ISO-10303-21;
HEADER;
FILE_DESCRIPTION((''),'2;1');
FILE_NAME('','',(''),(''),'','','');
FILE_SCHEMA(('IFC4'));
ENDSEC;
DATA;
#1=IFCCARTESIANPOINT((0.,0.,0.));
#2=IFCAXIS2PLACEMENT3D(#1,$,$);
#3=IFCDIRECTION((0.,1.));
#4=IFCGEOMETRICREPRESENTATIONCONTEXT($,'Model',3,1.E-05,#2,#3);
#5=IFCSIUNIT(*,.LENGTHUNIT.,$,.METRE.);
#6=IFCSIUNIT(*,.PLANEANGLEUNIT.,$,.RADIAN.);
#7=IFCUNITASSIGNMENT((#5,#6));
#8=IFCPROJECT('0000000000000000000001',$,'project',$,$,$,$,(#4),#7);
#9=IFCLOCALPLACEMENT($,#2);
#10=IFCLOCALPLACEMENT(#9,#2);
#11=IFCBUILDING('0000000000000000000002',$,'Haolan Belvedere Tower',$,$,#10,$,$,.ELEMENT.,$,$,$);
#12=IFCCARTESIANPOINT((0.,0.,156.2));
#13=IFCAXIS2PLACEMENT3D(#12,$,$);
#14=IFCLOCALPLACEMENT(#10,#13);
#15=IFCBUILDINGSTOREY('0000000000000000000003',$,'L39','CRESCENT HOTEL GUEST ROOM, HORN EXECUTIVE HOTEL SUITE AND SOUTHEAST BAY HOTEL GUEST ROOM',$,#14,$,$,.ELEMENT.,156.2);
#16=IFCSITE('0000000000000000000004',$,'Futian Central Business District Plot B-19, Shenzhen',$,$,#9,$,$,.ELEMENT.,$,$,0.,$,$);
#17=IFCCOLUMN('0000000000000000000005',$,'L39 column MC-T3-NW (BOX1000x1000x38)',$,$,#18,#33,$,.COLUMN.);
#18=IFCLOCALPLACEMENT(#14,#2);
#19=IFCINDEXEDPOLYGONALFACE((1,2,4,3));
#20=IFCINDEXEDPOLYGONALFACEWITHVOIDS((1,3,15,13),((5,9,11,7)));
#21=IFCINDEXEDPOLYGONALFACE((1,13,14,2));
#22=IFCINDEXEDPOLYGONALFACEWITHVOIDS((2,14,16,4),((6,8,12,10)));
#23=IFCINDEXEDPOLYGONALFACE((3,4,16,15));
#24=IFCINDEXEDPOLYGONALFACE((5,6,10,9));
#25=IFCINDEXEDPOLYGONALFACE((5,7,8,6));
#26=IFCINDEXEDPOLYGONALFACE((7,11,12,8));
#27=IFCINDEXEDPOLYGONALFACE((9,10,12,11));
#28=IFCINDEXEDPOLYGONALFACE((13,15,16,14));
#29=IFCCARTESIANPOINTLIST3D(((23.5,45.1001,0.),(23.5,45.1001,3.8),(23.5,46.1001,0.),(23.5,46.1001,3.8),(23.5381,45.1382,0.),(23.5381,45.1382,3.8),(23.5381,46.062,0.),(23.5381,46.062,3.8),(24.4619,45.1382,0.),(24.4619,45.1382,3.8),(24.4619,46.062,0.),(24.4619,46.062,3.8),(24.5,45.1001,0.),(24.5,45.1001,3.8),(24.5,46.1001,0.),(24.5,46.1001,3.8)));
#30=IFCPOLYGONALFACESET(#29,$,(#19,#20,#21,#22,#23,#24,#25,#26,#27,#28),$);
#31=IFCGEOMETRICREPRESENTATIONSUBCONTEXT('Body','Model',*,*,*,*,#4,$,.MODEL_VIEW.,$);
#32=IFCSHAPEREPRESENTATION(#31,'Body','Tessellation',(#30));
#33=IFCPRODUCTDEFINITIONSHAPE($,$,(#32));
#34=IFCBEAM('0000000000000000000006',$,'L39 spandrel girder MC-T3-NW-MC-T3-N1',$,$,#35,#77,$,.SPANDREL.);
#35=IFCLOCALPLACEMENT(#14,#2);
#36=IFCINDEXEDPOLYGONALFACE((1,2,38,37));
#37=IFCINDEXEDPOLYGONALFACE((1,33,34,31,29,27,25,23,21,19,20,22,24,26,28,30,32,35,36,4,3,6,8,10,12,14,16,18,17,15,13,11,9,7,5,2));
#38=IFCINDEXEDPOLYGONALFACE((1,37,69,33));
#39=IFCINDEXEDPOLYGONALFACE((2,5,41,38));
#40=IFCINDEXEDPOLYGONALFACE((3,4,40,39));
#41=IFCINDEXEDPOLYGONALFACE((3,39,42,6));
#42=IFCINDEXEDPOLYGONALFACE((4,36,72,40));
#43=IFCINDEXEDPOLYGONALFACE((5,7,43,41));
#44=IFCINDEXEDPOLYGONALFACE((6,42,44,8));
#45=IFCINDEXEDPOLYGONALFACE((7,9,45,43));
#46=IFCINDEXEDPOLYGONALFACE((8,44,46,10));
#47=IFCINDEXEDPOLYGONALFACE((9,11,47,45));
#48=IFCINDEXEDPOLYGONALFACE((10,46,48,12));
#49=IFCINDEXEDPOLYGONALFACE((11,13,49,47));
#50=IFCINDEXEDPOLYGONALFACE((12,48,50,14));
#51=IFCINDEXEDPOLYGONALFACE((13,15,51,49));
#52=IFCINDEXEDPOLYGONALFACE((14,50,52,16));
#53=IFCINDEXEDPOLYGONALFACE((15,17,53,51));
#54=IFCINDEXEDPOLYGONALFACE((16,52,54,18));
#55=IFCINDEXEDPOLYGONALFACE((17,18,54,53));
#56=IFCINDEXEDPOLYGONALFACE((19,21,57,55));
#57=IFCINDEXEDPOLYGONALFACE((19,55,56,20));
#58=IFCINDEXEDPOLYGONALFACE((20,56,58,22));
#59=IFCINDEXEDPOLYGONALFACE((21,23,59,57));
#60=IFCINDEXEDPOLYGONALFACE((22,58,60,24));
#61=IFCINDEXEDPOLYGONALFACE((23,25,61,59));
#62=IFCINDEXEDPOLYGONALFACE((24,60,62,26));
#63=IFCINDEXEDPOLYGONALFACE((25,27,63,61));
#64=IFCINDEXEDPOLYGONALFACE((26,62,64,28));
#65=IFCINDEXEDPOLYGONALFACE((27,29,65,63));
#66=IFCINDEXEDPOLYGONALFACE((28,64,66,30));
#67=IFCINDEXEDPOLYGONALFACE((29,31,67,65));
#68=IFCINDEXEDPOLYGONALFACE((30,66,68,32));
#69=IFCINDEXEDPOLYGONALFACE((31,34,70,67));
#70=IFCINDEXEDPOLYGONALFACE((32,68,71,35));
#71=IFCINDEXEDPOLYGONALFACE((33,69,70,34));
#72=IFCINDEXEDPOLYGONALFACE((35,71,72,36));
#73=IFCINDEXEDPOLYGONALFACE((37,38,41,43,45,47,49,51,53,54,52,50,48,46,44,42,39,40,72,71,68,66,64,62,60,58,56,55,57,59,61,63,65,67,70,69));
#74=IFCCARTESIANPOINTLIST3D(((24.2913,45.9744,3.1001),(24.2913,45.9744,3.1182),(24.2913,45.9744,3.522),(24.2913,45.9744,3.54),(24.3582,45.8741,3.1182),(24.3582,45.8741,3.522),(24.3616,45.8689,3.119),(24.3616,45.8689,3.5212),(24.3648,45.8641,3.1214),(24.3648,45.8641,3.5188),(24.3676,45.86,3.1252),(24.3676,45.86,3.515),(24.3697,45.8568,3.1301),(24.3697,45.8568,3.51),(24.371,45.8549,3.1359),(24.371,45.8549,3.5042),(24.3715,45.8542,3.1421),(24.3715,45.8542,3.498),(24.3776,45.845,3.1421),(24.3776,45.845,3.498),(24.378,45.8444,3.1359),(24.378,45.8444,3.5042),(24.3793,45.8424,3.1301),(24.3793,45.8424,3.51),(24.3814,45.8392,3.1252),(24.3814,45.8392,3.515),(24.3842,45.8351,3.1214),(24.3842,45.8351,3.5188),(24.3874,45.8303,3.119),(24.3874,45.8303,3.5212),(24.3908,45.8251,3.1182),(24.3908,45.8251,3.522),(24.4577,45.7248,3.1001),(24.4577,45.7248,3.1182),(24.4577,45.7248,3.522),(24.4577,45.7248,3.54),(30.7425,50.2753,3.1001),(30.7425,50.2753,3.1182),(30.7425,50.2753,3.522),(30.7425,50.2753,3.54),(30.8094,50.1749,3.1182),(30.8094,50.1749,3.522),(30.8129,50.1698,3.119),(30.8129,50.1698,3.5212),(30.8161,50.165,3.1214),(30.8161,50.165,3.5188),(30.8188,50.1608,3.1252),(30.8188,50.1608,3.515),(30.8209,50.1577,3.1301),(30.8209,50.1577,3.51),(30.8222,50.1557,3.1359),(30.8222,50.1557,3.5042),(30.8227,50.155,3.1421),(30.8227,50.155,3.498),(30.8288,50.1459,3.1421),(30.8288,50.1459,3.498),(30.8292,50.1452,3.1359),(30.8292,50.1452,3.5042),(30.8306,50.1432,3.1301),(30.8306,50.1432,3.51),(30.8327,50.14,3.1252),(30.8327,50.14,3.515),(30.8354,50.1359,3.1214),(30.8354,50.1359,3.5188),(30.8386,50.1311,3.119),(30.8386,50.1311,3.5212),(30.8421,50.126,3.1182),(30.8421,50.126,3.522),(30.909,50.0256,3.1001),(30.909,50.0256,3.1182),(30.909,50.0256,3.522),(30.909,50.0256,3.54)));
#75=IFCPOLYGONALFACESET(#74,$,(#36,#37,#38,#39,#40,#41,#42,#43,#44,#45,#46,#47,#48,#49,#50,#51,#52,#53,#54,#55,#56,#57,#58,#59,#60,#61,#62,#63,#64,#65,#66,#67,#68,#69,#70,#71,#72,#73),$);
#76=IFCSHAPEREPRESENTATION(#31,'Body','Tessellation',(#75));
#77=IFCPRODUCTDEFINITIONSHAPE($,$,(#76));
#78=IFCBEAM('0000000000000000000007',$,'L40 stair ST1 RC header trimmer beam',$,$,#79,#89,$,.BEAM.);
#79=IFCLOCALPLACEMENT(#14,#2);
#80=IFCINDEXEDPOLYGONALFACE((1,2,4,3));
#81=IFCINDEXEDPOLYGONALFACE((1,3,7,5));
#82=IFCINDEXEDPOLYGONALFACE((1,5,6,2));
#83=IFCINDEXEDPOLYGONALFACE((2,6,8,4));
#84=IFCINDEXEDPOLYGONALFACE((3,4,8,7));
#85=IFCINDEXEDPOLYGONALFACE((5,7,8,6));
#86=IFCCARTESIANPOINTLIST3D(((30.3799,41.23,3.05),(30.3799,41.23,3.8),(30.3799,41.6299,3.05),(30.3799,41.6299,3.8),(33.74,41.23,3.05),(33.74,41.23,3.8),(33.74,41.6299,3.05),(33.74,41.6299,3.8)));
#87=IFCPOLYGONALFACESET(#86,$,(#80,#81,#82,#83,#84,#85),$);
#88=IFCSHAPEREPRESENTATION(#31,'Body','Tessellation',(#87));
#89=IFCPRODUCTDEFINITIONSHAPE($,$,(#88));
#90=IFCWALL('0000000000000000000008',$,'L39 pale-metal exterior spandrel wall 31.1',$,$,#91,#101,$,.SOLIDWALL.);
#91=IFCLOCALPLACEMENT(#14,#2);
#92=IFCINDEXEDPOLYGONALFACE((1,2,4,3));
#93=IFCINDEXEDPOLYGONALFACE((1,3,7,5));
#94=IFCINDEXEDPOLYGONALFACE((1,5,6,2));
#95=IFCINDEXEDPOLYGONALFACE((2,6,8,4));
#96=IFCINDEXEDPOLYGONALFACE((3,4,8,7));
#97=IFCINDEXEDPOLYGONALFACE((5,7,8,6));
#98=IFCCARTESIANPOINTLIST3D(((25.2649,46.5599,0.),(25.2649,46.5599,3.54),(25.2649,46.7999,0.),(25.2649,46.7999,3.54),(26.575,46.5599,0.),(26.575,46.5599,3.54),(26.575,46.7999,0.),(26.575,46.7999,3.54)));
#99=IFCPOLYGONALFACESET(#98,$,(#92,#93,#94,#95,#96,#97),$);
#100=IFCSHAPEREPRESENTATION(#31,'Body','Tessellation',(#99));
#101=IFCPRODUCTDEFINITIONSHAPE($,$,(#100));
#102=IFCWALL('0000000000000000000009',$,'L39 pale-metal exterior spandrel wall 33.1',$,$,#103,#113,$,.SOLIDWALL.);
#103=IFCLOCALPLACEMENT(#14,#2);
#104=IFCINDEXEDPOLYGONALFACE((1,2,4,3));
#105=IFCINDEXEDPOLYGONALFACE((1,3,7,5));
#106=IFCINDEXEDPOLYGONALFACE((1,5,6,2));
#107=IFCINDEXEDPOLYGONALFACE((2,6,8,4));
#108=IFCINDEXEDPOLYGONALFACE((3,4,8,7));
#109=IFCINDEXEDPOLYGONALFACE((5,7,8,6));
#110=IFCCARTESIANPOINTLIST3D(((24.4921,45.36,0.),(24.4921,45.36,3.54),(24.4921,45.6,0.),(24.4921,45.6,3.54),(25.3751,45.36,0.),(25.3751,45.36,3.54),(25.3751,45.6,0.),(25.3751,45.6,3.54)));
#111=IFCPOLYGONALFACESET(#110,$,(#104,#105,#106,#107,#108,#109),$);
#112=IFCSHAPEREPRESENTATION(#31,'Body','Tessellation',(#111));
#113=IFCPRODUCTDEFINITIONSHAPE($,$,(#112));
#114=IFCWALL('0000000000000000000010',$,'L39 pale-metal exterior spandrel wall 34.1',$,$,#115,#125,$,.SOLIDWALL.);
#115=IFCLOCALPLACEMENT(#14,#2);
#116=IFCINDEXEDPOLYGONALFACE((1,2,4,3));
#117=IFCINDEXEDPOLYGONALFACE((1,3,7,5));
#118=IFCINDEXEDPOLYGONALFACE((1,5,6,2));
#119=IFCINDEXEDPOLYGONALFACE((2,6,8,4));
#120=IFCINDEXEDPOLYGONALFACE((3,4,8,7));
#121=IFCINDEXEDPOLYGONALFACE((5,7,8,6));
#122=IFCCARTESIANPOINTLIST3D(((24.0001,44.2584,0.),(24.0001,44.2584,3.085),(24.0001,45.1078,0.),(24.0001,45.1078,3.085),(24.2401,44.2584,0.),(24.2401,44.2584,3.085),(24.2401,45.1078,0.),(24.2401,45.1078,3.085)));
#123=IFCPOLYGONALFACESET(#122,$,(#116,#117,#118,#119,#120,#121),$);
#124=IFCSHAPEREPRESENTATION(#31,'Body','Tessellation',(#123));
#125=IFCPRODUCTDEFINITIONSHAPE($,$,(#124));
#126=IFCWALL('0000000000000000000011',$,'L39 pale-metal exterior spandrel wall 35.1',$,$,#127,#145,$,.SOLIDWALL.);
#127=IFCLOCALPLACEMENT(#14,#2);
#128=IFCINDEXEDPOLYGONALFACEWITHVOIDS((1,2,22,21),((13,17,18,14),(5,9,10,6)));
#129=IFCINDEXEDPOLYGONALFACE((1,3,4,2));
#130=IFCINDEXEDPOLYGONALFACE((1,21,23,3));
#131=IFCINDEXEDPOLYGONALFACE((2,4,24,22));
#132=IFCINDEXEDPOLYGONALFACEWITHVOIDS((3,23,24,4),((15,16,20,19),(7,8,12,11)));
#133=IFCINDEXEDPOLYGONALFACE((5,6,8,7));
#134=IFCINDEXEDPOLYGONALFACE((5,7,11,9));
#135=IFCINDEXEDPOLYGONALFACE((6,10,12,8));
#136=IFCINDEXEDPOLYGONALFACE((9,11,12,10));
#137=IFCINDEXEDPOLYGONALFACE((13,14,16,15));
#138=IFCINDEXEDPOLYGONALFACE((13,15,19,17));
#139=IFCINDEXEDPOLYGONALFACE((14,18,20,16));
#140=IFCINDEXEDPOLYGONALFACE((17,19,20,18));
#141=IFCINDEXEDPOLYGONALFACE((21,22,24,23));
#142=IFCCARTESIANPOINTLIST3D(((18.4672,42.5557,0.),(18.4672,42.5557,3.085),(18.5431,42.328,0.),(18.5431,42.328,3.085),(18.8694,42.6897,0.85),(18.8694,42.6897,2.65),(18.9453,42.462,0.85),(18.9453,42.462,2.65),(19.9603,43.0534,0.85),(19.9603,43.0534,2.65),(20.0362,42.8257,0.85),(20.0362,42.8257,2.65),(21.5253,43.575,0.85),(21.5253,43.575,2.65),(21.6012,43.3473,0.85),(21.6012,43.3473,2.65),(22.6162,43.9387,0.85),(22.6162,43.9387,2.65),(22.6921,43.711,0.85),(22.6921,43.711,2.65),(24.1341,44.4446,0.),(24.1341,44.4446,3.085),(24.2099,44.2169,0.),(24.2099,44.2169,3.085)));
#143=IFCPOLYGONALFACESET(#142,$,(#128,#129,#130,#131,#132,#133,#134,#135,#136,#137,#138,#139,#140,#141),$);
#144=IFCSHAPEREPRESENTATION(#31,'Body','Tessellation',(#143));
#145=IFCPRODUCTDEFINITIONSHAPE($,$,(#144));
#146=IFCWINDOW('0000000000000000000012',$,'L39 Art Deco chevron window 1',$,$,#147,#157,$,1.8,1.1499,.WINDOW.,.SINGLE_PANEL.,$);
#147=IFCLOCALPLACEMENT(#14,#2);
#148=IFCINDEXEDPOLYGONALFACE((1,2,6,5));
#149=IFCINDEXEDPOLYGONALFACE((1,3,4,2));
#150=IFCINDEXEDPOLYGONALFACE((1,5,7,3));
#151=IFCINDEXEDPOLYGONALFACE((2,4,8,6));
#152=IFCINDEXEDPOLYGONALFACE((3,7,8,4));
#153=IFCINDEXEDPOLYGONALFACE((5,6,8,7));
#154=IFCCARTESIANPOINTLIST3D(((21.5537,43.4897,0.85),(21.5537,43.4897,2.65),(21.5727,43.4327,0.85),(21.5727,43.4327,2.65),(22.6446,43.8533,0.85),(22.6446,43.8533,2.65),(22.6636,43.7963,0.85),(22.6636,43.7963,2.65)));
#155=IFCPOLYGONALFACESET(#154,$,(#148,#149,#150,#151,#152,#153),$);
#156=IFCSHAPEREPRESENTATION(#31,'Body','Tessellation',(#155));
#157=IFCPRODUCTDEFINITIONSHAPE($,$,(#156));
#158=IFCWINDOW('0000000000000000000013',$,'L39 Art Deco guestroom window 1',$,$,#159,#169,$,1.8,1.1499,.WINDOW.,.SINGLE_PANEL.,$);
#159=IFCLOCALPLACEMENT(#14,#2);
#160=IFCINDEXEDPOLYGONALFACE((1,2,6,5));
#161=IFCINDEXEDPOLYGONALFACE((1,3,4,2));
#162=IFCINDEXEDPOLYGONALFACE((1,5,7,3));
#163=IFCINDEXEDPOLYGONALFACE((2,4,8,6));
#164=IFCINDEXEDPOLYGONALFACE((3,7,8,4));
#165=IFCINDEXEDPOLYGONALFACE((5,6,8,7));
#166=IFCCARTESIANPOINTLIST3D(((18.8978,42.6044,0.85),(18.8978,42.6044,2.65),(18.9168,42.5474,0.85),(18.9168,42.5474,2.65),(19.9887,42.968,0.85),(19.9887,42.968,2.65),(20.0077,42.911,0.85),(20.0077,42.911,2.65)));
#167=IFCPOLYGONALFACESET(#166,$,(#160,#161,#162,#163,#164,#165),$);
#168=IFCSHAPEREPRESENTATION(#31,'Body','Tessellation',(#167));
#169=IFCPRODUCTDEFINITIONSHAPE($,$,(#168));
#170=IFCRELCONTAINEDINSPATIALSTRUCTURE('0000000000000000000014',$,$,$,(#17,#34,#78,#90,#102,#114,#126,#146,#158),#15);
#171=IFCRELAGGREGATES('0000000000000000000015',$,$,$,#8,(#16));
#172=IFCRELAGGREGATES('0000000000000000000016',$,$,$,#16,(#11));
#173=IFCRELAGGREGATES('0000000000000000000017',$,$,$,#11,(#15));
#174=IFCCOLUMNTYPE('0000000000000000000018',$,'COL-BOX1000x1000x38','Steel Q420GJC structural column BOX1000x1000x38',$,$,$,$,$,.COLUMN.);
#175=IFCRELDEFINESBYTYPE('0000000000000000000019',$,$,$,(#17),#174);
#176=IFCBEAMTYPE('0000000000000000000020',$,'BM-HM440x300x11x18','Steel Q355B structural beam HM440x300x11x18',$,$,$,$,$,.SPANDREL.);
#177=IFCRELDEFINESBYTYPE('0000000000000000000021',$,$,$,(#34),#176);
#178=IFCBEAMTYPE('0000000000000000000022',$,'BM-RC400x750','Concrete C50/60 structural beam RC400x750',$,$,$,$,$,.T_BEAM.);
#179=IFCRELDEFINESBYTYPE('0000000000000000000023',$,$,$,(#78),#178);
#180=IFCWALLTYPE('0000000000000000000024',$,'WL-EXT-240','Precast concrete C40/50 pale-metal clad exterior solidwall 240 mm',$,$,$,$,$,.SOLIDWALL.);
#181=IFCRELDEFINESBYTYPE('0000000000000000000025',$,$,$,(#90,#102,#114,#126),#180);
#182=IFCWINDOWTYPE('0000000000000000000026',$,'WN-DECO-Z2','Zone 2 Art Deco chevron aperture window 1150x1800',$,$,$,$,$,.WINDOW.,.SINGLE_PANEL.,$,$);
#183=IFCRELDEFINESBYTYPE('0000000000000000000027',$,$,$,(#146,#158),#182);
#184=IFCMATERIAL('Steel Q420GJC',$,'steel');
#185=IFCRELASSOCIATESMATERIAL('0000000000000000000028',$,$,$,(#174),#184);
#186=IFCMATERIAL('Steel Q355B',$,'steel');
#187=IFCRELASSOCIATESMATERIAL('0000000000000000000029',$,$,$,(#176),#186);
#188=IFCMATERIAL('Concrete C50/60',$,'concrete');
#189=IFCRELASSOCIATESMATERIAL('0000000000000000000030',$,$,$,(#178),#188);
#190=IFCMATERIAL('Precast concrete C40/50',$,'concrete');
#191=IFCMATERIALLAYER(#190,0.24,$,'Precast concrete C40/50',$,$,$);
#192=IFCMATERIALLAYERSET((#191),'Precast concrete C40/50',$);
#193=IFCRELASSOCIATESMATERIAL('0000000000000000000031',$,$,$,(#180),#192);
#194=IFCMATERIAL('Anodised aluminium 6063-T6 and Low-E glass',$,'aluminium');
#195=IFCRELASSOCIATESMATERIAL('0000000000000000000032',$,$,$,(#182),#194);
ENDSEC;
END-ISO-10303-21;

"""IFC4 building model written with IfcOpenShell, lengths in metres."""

from ifc_helpers import new_model, si_unit, direction, frame, frame_2d, origin, origin_2d, place, context, subcontext, project, spatial, rectangle, hollow_rectangle, i_section, extrude, material, layer, layer_set, material_profile, profile_set, type_object, element, fill, save


model = new_model("IFC4")

# Units and contexts
model_context = context("Model", 3, precision=1e-05, world=origin(), true_north=direction((0.0, 1.0)))
body_context = subcontext(model_context, "Body", "Model", "MODEL_VIEW")
ifc_project = project(units=[si_unit("LENGTHUNIT", "METRE"), si_unit("PLANEANGLEUNIT", "RADIAN")], contexts=[model_context])

# Site, building, storey
site_placement = place(None, origin())
site = spatial("IfcSite", under=ifc_project, at=site_placement, Name="Futian Central Business District Plot B-19, Shenzhen", CompositionType="ELEMENT", RefElevation=0.0)
building_placement = place(site_placement, origin())
building = spatial("IfcBuilding", under=site, at=building_placement, Name="Haolan Belvedere Tower", CompositionType="ELEMENT")
storey_placement = place(building_placement, frame((0.0, 0.0, 156.2)))
storey = spatial("IfcBuildingStorey", under=building, at=storey_placement, Name="L39", Description="CRESCENT HOTEL GUEST ROOM, HORN EXECUTIVE HOTEL SUITE AND SOUTHEAST BAY HOTEL GUEST ROOM", CompositionType="ELEMENT", Elevation=156.2)

# Column
ifc_material_1 = material(Name="Steel Q420GJC", Category="steel")
ifc_material_profile_1 = material_profile(ifc_material_1, hollow_rectangle(XDim=1.0, YDim=1.0, WallThickness=0.0381, at=origin_2d()), Name="Steel Q420GJC")
ifc_profile_set_1 = profile_set([ifc_material_profile_1], Name="Steel Q420GJC")
column_type = type_object("IfcColumnType", Name="COL-BOX1000x1000x38", Description="Steel Q420GJC structural column BOX1000x1000x38", PredefinedType="COLUMN", material=ifc_profile_set_1)
column_placement = place(storey_placement, frame((24.0, 45.6001, 0.0), z_axis=(0.0, 0.0, 1.0), x_axis=(1.0, 0.0, 0.0)))
element("IfcColumn", 1, at=column_placement, inside=storey, type_object=column_type, Name="L39 column MC-T3-NW (BOX1000x1000x38)", PredefinedType="COLUMN", context=body_context, shape_type="SweptSolid", body=[
    extrude(hollow_rectangle(XDim=1.0, YDim=1.0, WallThickness=0.0381, at=origin_2d()), origin(), (0.0, 0.0, 1.0), 3.8),
])

# Beams
ifc_material_2 = material(Name="Steel Q355B", Category="steel")
ifc_material_profile_2 = material_profile(ifc_material_2, i_section(OverallWidth=0.3, OverallDepth=0.4399, WebThickness=0.011, FlangeThickness=0.0181, FilletRadius=0.0239, at=origin_2d()), Name="Steel Q355B")
ifc_profile_set_2 = profile_set([ifc_material_profile_2], Name="Steel Q355B")
beam_type_1 = type_object("IfcBeamType", Name="BM-HM440x300x11x18", Description="Steel Q355B structural beam HM440x300x11x18", PredefinedType="SPANDREL", material=ifc_profile_set_2)
beam_1_placement = place(storey_placement, frame((24.3745, 45.8496, 3.3201), z_axis=(0.83205, 0.5547, 0.0), x_axis=(-0.5547, 0.83205, 0.0)))
element("IfcBeam", 2, at=beam_1_placement, inside=storey, type_object=beam_type_1, Name="L39 spandrel girder MC-T3-NW-MC-T3-N1", PredefinedType="SPANDREL", context=body_context, shape_type="SweptSolid", body=[
    extrude(i_section(OverallWidth=0.3, OverallDepth=0.4399, WebThickness=0.011, FlangeThickness=0.0181, FilletRadius=0.0239, at=origin_2d()), origin(), (0.0, 0.0, 1.0), 7.7534),
])
ifc_material_3 = material(Name="Concrete C50/60", Category="concrete")
ifc_material_profile_3 = material_profile(ifc_material_3, rectangle(XDim=0.3999, YDim=0.75, at=origin_2d()), Name="Concrete C50/60")
ifc_profile_set_3 = profile_set([ifc_material_profile_3], Name="Concrete C50/60")
beam_type_2 = type_object("IfcBeamType", Name="BM-RC400x750", Description="Concrete C50/60 structural beam RC400x750", PredefinedType="T_BEAM", material=ifc_profile_set_3)
beam_2_placement = place(storey_placement, frame((30.3799, 41.4299, 3.425), z_axis=(1.0, 0.0, 0.0), x_axis=(0.0, 1.0, 0.0)))
element("IfcBeam", 3, at=beam_2_placement, inside=storey, type_object=beam_type_2, Name="L40 stair ST1 RC header trimmer beam", PredefinedType="BEAM", context=body_context, shape_type="SweptSolid", body=[
    extrude(rectangle(XDim=0.3999, YDim=0.75, at=origin_2d()), origin(), (0.0, 0.0, 1.0), 3.3601),
])

# Walls
ifc_material_4 = material(Name="Precast concrete C40/50", Category="concrete")
ifc_layer_1 = layer(ifc_material_4, 0.24, Name="Precast concrete C40/50")
ifc_layer_set_1 = layer_set([ifc_layer_1], Name="Precast concrete C40/50")
wall_type_1 = type_object("IfcWallType", Name="WL-EXT-240", Description="Precast concrete C40/50 pale-metal clad exterior solidwall 240 mm", PredefinedType="SOLIDWALL", material=ifc_layer_set_1)
wall_1_placement = place(storey_placement, frame((26.575, 46.6799, 0.0), z_axis=(0.0, 0.0, 1.0), x_axis=(-1.0, 0.0, 0.0)))
element("IfcWall", 4, at=wall_1_placement, inside=storey, type_object=wall_type_1, Name="L39 pale-metal exterior spandrel wall 31.1", PredefinedType="SOLIDWALL", context=body_context, shape_type="SweptSolid", body=[
    extrude(rectangle(XDim=1.3101, YDim=0.24, at=frame_2d((0.655, 0.0))), origin(), (0.0, 0.0, 1.0), 3.54),
])
wall_2_placement = place(storey_placement, frame((25.375, 45.48, 0.0), z_axis=(0.0, 0.0, 1.0), x_axis=(-1.0, 0.0, 0.0)))
element("IfcWall", 5, at=wall_2_placement, inside=storey, type_object=wall_type_1, Name="L39 pale-metal exterior spandrel wall 33.1", PredefinedType="SOLIDWALL", context=body_context, shape_type="SweptSolid", body=[
    extrude(rectangle(XDim=0.8831, YDim=0.24, at=frame_2d((0.4414, 0.0))), origin(), (0.0, 0.0, 1.0), 3.54),
])
wall_3_placement = place(storey_placement, frame((24.1201, 45.1079, 0.0), z_axis=(0.0, 0.0, 1.0), x_axis=(0.0, -1.0, 0.0)))
element("IfcWall", 6, at=wall_3_placement, inside=storey, type_object=wall_type_1, Name="L39 pale-metal exterior spandrel wall 34.1", PredefinedType="SOLIDWALL", context=body_context, shape_type="SweptSolid", body=[
    extrude(rectangle(XDim=0.8494, YDim=0.24, at=frame_2d((0.4248, 0.0))), origin(), (0.0, 0.0, 1.0), 3.085),
])

# Wall, openings, windows
wall_4_placement = place(storey_placement, frame((24.1721, 44.3308, 0.0), z_axis=(0.0, 0.0, 1.0), x_axis=(-0.948683, -0.316228, 0.0)))
wall_4 = element("IfcWall", 7, at=wall_4_placement, inside=storey, type_object=wall_type_1, Name="L39 pale-metal exterior spandrel wall 35.1", PredefinedType="SOLIDWALL", context=body_context, shape_type="SweptSolid", body=[
    extrude(rectangle(XDim=5.9734, YDim=0.24, at=frame_2d((2.9868, 0.0))), origin(), (0.0, 0.0, 1.0), 3.085),
])
opening_1_placement = place(wall_4_placement, frame((1.6001, 0.0, 0.8501)))
opening_1 = element("IfcOpeningElement", 8, at=opening_1_placement, cuts=wall_4, PredefinedType="OPENING", context=body_context, shape_type="SweptSolid", body=[
    extrude(rectangle(XDim=1.1499, YDim=1.8, at=frame_2d((0.575, 0.8999))), frame((0.0, 0.1299, 0.0), z_axis=(0.0, -1.0, 0.0), x_axis=(1.0, 0.0, 0.0)), (0.0, 0.0, 1.0), 0.26),
])
opening_2_placement = place(wall_4_placement, frame((4.3997, 0.0, 0.8501)))
opening_2 = element("IfcOpeningElement", 9, at=opening_2_placement, cuts=wall_4, PredefinedType="OPENING", context=body_context, shape_type="SweptSolid", body=[
    extrude(rectangle(XDim=1.1499, YDim=1.8, at=frame_2d((0.575, 0.8999))), frame((0.0, 0.1299, 0.0), z_axis=(0.0, -1.0, 0.0), x_axis=(1.0, 0.0, 0.0)), (0.0, 0.0, 1.0), 0.26),
])
ifc_material_5 = material(Name="Anodised aluminium 6063-T6 and Low-E glass", Category="aluminium")
window_type = type_object("IfcWindowType", Name="WN-DECO-Z2", Description="Zone 2 Art Deco chevron aperture window 1150x1800", PartitioningType="SINGLE_PANEL", PredefinedType="WINDOW", material=ifc_material_5)
window_1_placement = place(opening_1_placement, origin())
window_1 = element("IfcWindow", 10, at=window_1_placement, inside=storey, type_object=window_type, Name="L39 Art Deco chevron window 1", OverallHeight=1.8, OverallWidth=1.1499, PartitioningType="SINGLE_PANEL", PredefinedType="WINDOW", context=body_context, shape_type="SweptSolid", body=[
    extrude(rectangle(XDim=1.1499, YDim=1.8, at=frame_2d((0.575, 0.8999))), frame((0.0, 0.03, 0.0), z_axis=(0.0, -1.0, 0.0), x_axis=(1.0, 0.0, 0.0)), (0.0, 0.0, 1.0), 0.0601),
])
fill(opening_1, window_1)
window_2_placement = place(opening_2_placement, origin())
window_2 = element("IfcWindow", 11, at=window_2_placement, inside=storey, type_object=window_type, Name="L39 Art Deco guestroom window 1", OverallHeight=1.8, OverallWidth=1.1499, PartitioningType="SINGLE_PANEL", PredefinedType="WINDOW", context=body_context, shape_type="SweptSolid", body=[
    extrude(rectangle(XDim=1.1499, YDim=1.8, at=frame_2d((0.575, 0.8999))), frame((0.0, 0.03, 0.0), z_axis=(0.0, -1.0, 0.0), x_axis=(1.0, 0.0, 0.0)), (0.0, 0.0, 1.0), 0.0601),
])
fill(opening_2, window_2)

save(model, "model.ifc")
